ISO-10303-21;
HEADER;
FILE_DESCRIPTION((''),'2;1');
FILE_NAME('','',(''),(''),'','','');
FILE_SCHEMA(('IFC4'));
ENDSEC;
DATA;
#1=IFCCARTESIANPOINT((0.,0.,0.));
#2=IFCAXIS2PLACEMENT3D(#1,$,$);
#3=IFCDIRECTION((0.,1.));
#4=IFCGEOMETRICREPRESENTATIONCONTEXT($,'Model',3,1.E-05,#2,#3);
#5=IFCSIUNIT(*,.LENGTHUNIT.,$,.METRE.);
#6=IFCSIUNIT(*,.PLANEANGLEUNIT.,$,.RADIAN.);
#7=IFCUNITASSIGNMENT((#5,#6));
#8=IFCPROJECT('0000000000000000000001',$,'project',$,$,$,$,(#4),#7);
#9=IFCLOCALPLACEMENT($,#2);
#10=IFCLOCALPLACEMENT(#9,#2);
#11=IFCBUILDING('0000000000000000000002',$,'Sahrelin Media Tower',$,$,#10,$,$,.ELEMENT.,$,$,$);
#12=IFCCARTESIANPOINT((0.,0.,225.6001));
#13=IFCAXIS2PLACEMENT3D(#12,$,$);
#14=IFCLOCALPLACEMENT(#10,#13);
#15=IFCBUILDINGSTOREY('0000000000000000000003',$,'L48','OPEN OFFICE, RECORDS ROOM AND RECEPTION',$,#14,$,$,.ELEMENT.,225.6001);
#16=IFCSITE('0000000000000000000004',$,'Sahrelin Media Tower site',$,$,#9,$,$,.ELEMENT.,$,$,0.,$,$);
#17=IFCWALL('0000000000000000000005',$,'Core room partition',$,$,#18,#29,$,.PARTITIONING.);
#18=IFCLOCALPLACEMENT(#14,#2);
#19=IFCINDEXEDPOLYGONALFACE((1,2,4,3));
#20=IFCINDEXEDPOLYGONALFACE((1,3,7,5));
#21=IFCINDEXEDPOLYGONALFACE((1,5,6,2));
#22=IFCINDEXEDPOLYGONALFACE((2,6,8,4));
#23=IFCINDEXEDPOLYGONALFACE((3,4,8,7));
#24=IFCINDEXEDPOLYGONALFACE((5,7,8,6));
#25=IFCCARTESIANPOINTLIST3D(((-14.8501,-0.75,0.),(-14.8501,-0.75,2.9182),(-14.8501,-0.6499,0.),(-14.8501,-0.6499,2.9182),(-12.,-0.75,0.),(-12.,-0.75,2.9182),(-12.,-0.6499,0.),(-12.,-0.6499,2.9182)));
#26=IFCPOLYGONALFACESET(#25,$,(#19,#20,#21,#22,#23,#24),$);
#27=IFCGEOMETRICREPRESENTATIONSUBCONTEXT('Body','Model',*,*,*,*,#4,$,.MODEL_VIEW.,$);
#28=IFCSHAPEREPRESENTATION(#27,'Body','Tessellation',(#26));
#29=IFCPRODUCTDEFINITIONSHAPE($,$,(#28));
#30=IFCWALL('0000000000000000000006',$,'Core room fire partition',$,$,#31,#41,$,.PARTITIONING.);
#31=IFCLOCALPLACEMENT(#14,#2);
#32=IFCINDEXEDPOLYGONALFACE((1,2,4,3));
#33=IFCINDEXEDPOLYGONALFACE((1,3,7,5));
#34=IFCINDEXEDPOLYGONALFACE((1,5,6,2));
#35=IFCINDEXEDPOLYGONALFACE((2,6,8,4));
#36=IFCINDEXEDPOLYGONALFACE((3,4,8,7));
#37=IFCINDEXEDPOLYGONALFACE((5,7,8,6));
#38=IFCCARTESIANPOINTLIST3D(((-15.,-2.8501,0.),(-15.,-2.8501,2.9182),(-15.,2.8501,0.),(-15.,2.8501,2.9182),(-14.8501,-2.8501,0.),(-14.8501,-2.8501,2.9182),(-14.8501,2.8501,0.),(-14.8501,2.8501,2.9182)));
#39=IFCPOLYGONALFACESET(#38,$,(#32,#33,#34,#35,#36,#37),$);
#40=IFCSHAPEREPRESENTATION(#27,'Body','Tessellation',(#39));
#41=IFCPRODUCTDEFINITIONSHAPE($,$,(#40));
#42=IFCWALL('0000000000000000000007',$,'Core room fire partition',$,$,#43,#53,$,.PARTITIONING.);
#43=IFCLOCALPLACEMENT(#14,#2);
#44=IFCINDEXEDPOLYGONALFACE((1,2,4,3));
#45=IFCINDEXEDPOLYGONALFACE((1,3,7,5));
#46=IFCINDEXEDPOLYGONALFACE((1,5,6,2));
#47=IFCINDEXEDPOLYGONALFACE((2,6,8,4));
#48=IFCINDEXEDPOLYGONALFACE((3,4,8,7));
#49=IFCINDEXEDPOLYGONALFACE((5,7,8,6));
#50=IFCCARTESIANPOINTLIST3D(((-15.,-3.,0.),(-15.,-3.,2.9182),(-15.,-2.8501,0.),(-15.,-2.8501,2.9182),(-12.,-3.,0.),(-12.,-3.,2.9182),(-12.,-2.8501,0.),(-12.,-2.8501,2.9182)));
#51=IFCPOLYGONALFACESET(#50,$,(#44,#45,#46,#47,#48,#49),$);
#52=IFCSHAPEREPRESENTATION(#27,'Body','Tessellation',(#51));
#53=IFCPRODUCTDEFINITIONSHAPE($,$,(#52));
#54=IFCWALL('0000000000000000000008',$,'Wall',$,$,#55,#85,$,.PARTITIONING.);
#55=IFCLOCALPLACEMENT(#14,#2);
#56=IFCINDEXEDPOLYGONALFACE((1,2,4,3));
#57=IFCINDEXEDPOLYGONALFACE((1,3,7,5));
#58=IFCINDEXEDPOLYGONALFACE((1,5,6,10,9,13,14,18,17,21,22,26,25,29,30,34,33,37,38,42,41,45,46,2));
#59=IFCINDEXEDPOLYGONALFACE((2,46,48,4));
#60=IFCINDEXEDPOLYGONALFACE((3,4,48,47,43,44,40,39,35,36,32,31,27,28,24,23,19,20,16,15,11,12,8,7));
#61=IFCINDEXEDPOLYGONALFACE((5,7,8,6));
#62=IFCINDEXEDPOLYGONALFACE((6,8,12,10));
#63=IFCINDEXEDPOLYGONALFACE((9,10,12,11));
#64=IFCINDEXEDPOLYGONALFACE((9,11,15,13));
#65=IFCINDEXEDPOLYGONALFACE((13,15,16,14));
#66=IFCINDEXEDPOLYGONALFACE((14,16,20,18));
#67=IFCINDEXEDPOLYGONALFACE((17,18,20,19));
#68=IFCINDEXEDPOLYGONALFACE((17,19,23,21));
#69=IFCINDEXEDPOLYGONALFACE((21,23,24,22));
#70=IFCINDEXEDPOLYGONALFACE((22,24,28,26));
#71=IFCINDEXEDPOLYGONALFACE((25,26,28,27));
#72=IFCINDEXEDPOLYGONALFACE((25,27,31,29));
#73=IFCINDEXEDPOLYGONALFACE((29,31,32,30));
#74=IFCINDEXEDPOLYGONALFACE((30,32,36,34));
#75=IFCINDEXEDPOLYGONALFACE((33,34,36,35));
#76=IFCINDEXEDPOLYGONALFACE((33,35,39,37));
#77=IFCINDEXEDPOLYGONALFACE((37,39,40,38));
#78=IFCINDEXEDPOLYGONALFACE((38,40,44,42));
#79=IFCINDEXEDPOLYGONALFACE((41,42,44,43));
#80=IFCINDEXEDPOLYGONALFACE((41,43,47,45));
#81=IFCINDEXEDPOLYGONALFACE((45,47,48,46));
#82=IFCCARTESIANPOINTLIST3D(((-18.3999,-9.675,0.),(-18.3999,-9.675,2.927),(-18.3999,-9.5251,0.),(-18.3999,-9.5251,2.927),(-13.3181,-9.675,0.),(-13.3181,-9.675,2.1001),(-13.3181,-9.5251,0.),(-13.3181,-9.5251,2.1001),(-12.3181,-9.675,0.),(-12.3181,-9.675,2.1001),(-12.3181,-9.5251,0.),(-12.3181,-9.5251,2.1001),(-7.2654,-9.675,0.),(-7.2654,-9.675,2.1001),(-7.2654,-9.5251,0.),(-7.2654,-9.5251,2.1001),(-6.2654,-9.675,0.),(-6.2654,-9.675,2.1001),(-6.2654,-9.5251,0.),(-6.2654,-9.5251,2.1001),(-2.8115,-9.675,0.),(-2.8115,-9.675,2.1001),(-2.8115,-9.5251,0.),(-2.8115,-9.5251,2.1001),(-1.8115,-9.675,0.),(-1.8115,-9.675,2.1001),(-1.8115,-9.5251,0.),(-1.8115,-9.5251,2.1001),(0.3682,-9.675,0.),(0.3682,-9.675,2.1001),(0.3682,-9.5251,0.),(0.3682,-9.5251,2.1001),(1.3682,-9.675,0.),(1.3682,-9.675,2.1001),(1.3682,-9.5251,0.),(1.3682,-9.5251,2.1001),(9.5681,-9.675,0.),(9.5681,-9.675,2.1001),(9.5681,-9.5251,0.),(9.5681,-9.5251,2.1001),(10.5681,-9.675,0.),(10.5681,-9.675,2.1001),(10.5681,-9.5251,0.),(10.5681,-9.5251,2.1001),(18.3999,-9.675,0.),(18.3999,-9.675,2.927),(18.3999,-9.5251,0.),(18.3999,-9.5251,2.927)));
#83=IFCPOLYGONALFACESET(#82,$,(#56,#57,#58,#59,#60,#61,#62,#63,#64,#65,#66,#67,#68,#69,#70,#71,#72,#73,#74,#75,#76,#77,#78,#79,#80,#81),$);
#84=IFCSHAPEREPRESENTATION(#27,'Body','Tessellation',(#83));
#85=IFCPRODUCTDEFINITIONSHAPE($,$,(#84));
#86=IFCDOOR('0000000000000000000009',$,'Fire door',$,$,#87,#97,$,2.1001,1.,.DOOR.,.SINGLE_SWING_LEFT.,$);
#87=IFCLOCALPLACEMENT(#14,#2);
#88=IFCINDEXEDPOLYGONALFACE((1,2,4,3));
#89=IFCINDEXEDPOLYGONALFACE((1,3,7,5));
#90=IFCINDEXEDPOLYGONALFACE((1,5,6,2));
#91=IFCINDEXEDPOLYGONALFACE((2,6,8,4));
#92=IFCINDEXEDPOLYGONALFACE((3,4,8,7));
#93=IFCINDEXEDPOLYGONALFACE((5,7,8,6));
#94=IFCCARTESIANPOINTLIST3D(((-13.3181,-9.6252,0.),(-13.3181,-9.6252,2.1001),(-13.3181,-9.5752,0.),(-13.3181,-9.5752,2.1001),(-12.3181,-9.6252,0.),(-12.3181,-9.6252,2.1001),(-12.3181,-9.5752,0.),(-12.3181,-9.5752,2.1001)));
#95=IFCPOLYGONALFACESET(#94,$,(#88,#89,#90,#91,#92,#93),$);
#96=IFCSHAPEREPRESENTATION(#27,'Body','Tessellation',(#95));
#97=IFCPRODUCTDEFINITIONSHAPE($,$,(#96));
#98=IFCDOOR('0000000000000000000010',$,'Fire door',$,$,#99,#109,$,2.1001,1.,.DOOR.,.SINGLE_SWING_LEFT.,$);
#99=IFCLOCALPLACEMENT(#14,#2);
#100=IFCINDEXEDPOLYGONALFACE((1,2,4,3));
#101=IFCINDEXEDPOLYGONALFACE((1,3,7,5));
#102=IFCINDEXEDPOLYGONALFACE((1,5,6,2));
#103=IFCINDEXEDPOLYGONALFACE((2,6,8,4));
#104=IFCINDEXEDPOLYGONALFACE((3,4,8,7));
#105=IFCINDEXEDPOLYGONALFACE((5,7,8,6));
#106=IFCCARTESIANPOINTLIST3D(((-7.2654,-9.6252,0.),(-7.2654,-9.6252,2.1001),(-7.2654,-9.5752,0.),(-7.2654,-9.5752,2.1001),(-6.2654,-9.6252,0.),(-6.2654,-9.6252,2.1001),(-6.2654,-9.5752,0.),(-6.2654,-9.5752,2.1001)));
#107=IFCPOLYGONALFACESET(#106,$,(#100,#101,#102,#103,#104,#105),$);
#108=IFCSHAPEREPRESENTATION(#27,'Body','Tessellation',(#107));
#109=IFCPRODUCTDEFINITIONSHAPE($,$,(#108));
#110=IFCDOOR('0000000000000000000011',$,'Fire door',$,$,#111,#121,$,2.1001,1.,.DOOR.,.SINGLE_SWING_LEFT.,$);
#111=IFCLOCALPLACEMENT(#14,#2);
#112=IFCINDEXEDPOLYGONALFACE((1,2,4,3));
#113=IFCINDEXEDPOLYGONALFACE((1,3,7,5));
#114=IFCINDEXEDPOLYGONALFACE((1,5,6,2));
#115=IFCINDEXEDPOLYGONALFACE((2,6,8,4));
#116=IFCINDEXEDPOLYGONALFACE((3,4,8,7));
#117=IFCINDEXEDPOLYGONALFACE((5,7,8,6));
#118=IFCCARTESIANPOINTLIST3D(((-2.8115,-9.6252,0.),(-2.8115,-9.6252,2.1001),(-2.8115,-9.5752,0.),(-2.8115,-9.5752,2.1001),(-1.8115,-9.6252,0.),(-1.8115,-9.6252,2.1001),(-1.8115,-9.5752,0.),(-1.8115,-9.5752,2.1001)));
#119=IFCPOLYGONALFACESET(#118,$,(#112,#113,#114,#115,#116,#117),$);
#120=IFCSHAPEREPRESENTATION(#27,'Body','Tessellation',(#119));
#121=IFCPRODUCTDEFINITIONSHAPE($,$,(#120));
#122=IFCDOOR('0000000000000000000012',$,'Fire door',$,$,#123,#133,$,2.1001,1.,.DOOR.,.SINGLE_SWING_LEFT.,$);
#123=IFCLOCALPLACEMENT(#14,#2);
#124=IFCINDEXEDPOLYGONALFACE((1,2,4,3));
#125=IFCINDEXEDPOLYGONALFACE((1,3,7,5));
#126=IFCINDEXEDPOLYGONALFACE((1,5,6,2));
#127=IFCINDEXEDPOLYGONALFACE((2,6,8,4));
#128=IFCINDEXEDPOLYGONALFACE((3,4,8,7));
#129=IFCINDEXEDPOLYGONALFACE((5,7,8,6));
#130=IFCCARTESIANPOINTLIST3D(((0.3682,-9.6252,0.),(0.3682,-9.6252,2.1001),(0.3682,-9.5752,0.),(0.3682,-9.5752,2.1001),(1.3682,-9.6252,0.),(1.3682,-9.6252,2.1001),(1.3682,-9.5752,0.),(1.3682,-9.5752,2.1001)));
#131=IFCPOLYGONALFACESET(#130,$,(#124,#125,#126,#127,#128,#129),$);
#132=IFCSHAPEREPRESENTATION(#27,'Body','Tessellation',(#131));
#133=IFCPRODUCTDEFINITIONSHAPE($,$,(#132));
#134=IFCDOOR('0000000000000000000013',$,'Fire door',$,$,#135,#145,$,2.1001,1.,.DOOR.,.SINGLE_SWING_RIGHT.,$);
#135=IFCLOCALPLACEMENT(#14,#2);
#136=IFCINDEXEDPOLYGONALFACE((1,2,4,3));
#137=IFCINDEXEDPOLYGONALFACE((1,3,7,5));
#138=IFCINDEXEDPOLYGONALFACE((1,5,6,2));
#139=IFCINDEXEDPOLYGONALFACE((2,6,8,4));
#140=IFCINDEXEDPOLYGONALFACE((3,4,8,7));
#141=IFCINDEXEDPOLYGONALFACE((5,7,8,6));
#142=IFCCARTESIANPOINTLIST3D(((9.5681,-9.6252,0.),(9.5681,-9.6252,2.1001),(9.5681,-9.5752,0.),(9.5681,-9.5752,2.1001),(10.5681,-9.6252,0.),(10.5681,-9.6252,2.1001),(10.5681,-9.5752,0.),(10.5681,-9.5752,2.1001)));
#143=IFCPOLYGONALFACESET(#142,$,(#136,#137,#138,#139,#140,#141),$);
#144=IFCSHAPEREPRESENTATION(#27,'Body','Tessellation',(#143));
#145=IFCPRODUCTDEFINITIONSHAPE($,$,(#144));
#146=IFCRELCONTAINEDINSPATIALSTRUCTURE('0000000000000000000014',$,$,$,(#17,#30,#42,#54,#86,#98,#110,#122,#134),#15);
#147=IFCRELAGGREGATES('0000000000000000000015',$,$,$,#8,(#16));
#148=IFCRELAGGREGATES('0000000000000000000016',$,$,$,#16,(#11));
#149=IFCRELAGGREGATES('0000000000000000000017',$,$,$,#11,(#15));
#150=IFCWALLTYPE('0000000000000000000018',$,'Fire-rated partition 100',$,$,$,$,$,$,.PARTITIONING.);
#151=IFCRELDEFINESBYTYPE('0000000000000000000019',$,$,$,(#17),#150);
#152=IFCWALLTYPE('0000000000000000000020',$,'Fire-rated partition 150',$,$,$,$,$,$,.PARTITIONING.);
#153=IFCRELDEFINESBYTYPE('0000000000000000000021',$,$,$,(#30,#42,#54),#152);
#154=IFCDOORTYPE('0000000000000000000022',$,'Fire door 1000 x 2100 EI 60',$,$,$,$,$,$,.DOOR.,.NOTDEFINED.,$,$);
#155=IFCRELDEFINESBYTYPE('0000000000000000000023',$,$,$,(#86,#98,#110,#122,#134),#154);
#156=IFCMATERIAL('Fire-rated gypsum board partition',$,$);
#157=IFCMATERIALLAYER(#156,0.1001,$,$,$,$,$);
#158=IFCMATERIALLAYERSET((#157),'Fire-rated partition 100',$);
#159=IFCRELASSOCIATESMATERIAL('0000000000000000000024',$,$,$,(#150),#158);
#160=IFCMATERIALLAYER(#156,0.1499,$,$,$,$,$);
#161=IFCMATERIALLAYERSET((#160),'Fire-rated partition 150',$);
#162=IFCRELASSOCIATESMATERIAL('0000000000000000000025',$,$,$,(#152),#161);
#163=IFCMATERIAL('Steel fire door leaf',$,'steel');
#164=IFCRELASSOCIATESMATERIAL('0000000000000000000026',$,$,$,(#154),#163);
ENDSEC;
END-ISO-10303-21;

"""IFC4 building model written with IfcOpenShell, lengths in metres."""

from ifc_helpers import new_model, si_unit, direction, frame, frame_2d, origin, place, context, subcontext, project, spatial, rectangle, extrude, material, layer, layer_set, type_object, element, fill, save


model = new_model("IFC4")

# Units and contexts
model_context = context("Model", 3, precision=1e-05, world=origin(), true_north=direction((0.0, 1.0)))
body_context = subcontext(model_context, "Body", "Model", "MODEL_VIEW")
ifc_project = project(units=[si_unit("LENGTHUNIT", "METRE"), si_unit("PLANEANGLEUNIT", "RADIAN")], contexts=[model_context])

# Site, building, storey
site_placement = place(None, origin())
site = spatial("IfcSite", under=ifc_project, at=site_placement, Name="Sahrelin Media Tower site", CompositionType="ELEMENT", RefElevation=0.0)
building_placement = place(site_placement, origin())
building = spatial("IfcBuilding", under=site, at=building_placement, Name="Sahrelin Media Tower", CompositionType="ELEMENT")
storey_placement = place(building_placement, frame((0.0, 0.0, 225.6001)))
storey = spatial("IfcBuildingStorey", under=building, at=storey_placement, Name="L48", Description="OPEN OFFICE, RECORDS ROOM AND RECEPTION", CompositionType="ELEMENT", Elevation=225.6001)

# Walls
ifc_material_1 = material(Name="Fire-rated gypsum board partition")
ifc_layer_1 = layer(ifc_material_1, 0.1001)
ifc_layer_set_1 = layer_set([ifc_layer_1], Name="Fire-rated partition 100")
wall_type_1 = type_object("IfcWallType", Name="Fire-rated partition 100", PredefinedType="PARTITIONING", material=ifc_layer_set_1)
wall_1_placement = place(storey_placement, frame((-14.8501, -0.7, 0.0), z_axis=(0.0, 0.0, 1.0), x_axis=(1.0, 0.0, 0.0)))
element("IfcWall", 1, at=wall_1_placement, inside=storey, type_object=wall_type_1, Name="Core room partition", PredefinedType="PARTITIONING", context=body_context, shape_type="SweptSolid", body=[
    extrude(rectangle(XDim=2.8501, YDim=0.1001, at=frame_2d((1.425, 0.0))), origin(), (0.0, 0.0, 1.0), 2.9182),
])
ifc_layer_2 = layer(ifc_material_1, 0.1499)
ifc_layer_set_2 = layer_set([ifc_layer_2], Name="Fire-rated partition 150")
wall_type_2 = type_object("IfcWallType", Name="Fire-rated partition 150", PredefinedType="PARTITIONING", material=ifc_layer_set_2)
wall_2_placement = place(storey_placement, frame((-14.925, -2.8501, 0.0), z_axis=(0.0, 0.0, 1.0), x_axis=(0.0, 1.0, 0.0)))
element("IfcWall", 2, at=wall_2_placement, inside=storey, type_object=wall_type_2, Name="Core room fire partition", PredefinedType="PARTITIONING", context=body_context, shape_type="SweptSolid", body=[
    extrude(rectangle(XDim=5.7002, YDim=0.1499, at=frame_2d((2.8501, 0.0))), origin(), (0.0, 0.0, 1.0), 2.9182),
])
wall_3_placement = place(storey_placement, frame((-15.0, -2.925, 0.0), z_axis=(0.0, 0.0, 1.0), x_axis=(1.0, 0.0, 0.0)))
element("IfcWall", 3, at=wall_3_placement, inside=storey, type_object=wall_type_2, Name="Core room fire partition", PredefinedType="PARTITIONING", context=body_context, shape_type="SweptSolid", body=[
    extrude(rectangle(XDim=3.0, YDim=0.1499, at=frame_2d((1.5, 0.0))), origin(), (0.0, 0.0, 1.0), 2.9182),
])

# Wall, openings, doors
wall_4_placement = place(storey_placement, frame((-18.3999, -9.6001, 0.0), z_axis=(0.0, 0.0, 1.0), x_axis=(1.0, 0.0, 0.0)))
wall_4 = element("IfcWall", 4, at=wall_4_placement, inside=storey, type_object=wall_type_2, Name="Wall", PredefinedType="PARTITIONING", context=body_context, shape_type="SweptSolid", body=[
    extrude(rectangle(XDim=36.7998, YDim=0.1499, at=frame_2d((18.3999, 0.0))), origin(), (0.0, 0.0, 1.0), 2.927),
])
opening_1_placement = place(wall_4_placement, frame((5.0818, 0.0, 0.0)))
opening_1 = element("IfcOpeningElement", 5, at=opening_1_placement, cuts=wall_4, PredefinedType="OPENING", context=body_context, shape_type="SweptSolid", body=[
    extrude(rectangle(XDim=1.0, YDim=2.1001, at=frame_2d((0.5, 1.05))), frame((0.0, 0.075, 0.0), z_axis=(0.0, -1.0, 0.0), x_axis=(1.0, 0.0, 0.0)), (0.0, 0.0, 1.0), 0.1499),
])
opening_2_placement = place(wall_4_placement, frame((11.1345, 0.0, 0.0)))
opening_2 = element("IfcOpeningElement", 6, at=opening_2_placement, cuts=wall_4, PredefinedType="OPENING", context=body_context, shape_type="SweptSolid", body=[
    extrude(rectangle(XDim=1.0, YDim=2.1001, at=frame_2d((0.5, 1.05))), frame((0.0, 0.075, 0.0), z_axis=(0.0, -1.0, 0.0), x_axis=(1.0, 0.0, 0.0)), (0.0, 0.0, 1.0), 0.1499),
])
opening_3_placement = place(wall_4_placement, frame((15.5884, 0.0, 0.0)))
opening_3 = element("IfcOpeningElement", 7, at=opening_3_placement, cuts=wall_4, PredefinedType="OPENING", context=body_context, shape_type="SweptSolid", body=[
    extrude(rectangle(XDim=1.0, YDim=2.1001, at=frame_2d((0.5, 1.05))), frame((0.0, 0.075, 0.0), z_axis=(0.0, -1.0, 0.0), x_axis=(1.0, 0.0, 0.0)), (0.0, 0.0, 1.0), 0.1499),
])
opening_4_placement = place(wall_4_placement, frame((18.7681, 0.0, 0.0)))
opening_4 = element("IfcOpeningElement", 8, at=opening_4_placement, cuts=wall_4, PredefinedType="OPENING", context=body_context, shape_type="SweptSolid", body=[
    extrude(rectangle(XDim=1.0, YDim=2.1001, at=frame_2d((0.5, 1.05))), frame((0.0, 0.075, 0.0), z_axis=(0.0, -1.0, 0.0), x_axis=(1.0, 0.0, 0.0)), (0.0, 0.0, 1.0), 0.1499),
])
opening_5_placement = place(wall_4_placement, frame((27.968, 0.0, 0.0)))
opening_5 = element("IfcOpeningElement", 9, at=opening_5_placement, cuts=wall_4, PredefinedType="OPENING", context=body_context, shape_type="SweptSolid", body=[
    extrude(rectangle(XDim=1.0, YDim=2.1001, at=frame_2d((0.5, 1.05))), frame((0.0, 0.075, 0.0), z_axis=(0.0, -1.0, 0.0), x_axis=(1.0, 0.0, 0.0)), (0.0, 0.0, 1.0), 0.1499),
])
ifc_material_2 = material(Name="Steel fire door leaf", Category="steel")
door_type_1 = type_object("IfcDoorType", Name="Fire door 1000 x 2100 EI 60", OperationType="NOTDEFINED", PredefinedType="DOOR", material=ifc_material_2)
door_1_placement = place(opening_1_placement, origin())
door_1 = element("IfcDoor", 10, at=door_1_placement, inside=storey, type_object=door_type_1, Name="Fire door", OperationType="SINGLE_SWING_LEFT", OverallHeight=2.1001, OverallWidth=1.0, PredefinedType="DOOR", context=body_context, shape_type="SweptSolid", body=[
    extrude(rectangle(XDim=1.0, YDim=2.1001, at=frame_2d((0.5, 1.05))), frame((0.0, 0.0249, 0.0), z_axis=(0.0, -1.0, 0.0), x_axis=(1.0, 0.0, 0.0)), (0.0, 0.0, 1.0), 0.05),
])
fill(opening_1, door_1)
door_2_placement = place(opening_2_placement, origin())
door_2 = element("IfcDoor", 11, at=door_2_placement, inside=storey, type_object=door_type_1, Name="Fire door", OperationType="SINGLE_SWING_LEFT", OverallHeight=2.1001, OverallWidth=1.0, PredefinedType="DOOR", context=body_context, shape_type="SweptSolid", body=[
    extrude(rectangle(XDim=1.0, YDim=2.1001, at=frame_2d((0.5, 1.05))), frame((0.0, 0.0249, 0.0), z_axis=(0.0, -1.0, 0.0), x_axis=(1.0, 0.0, 0.0)), (0.0, 0.0, 1.0), 0.05),
])
fill(opening_2, door_2)
door_3_placement = place(opening_3_placement, origin())
door_3 = element("IfcDoor", 12, at=door_3_placement, inside=storey, type_object=door_type_1, Name="Fire door", OperationType="SINGLE_SWING_LEFT", OverallHeight=2.1001, OverallWidth=1.0, PredefinedType="DOOR", context=body_context, shape_type="SweptSolid", body=[
    extrude(rectangle(XDim=1.0, YDim=2.1001, at=frame_2d((0.5, 1.05))), frame((0.0, 0.0249, 0.0), z_axis=(0.0, -1.0, 0.0), x_axis=(1.0, 0.0, 0.0)), (0.0, 0.0, 1.0), 0.05),
])
fill(opening_3, door_3)
door_4_placement = place(opening_4_placement, origin())
door_4 = element("IfcDoor", 13, at=door_4_placement, inside=storey, type_object=door_type_1, Name="Fire door", OperationType="SINGLE_SWING_LEFT", OverallHeight=2.1001, OverallWidth=1.0, PredefinedType="DOOR", context=body_context, shape_type="SweptSolid", body=[
    extrude(rectangle(XDim=1.0, YDim=2.1001, at=frame_2d((0.5, 1.05))), frame((0.0, 0.0249, 0.0), z_axis=(0.0, -1.0, 0.0), x_axis=(1.0, 0.0, 0.0)), (0.0, 0.0, 1.0), 0.05),
])
fill(opening_4, door_4)
door_5_placement = place(opening_5_placement, origin())
door_5 = element("IfcDoor", 14, at=door_5_placement, inside=storey, type_object=door_type_1, Name="Fire door", OperationType="SINGLE_SWING_RIGHT", OverallHeight=2.1001, OverallWidth=1.0, PredefinedType="DOOR", context=body_context, shape_type="SweptSolid", body=[
    extrude(rectangle(XDim=1.0, YDim=2.1001, at=frame_2d((0.5, 1.05))), frame((0.0, 0.0249, 0.0), z_axis=(0.0, -1.0, 0.0), x_axis=(1.0, 0.0, 0.0)), (0.0, 0.0, 1.0), 0.05),
])
fill(opening_5, door_5)

save(model, "model.ifc")
